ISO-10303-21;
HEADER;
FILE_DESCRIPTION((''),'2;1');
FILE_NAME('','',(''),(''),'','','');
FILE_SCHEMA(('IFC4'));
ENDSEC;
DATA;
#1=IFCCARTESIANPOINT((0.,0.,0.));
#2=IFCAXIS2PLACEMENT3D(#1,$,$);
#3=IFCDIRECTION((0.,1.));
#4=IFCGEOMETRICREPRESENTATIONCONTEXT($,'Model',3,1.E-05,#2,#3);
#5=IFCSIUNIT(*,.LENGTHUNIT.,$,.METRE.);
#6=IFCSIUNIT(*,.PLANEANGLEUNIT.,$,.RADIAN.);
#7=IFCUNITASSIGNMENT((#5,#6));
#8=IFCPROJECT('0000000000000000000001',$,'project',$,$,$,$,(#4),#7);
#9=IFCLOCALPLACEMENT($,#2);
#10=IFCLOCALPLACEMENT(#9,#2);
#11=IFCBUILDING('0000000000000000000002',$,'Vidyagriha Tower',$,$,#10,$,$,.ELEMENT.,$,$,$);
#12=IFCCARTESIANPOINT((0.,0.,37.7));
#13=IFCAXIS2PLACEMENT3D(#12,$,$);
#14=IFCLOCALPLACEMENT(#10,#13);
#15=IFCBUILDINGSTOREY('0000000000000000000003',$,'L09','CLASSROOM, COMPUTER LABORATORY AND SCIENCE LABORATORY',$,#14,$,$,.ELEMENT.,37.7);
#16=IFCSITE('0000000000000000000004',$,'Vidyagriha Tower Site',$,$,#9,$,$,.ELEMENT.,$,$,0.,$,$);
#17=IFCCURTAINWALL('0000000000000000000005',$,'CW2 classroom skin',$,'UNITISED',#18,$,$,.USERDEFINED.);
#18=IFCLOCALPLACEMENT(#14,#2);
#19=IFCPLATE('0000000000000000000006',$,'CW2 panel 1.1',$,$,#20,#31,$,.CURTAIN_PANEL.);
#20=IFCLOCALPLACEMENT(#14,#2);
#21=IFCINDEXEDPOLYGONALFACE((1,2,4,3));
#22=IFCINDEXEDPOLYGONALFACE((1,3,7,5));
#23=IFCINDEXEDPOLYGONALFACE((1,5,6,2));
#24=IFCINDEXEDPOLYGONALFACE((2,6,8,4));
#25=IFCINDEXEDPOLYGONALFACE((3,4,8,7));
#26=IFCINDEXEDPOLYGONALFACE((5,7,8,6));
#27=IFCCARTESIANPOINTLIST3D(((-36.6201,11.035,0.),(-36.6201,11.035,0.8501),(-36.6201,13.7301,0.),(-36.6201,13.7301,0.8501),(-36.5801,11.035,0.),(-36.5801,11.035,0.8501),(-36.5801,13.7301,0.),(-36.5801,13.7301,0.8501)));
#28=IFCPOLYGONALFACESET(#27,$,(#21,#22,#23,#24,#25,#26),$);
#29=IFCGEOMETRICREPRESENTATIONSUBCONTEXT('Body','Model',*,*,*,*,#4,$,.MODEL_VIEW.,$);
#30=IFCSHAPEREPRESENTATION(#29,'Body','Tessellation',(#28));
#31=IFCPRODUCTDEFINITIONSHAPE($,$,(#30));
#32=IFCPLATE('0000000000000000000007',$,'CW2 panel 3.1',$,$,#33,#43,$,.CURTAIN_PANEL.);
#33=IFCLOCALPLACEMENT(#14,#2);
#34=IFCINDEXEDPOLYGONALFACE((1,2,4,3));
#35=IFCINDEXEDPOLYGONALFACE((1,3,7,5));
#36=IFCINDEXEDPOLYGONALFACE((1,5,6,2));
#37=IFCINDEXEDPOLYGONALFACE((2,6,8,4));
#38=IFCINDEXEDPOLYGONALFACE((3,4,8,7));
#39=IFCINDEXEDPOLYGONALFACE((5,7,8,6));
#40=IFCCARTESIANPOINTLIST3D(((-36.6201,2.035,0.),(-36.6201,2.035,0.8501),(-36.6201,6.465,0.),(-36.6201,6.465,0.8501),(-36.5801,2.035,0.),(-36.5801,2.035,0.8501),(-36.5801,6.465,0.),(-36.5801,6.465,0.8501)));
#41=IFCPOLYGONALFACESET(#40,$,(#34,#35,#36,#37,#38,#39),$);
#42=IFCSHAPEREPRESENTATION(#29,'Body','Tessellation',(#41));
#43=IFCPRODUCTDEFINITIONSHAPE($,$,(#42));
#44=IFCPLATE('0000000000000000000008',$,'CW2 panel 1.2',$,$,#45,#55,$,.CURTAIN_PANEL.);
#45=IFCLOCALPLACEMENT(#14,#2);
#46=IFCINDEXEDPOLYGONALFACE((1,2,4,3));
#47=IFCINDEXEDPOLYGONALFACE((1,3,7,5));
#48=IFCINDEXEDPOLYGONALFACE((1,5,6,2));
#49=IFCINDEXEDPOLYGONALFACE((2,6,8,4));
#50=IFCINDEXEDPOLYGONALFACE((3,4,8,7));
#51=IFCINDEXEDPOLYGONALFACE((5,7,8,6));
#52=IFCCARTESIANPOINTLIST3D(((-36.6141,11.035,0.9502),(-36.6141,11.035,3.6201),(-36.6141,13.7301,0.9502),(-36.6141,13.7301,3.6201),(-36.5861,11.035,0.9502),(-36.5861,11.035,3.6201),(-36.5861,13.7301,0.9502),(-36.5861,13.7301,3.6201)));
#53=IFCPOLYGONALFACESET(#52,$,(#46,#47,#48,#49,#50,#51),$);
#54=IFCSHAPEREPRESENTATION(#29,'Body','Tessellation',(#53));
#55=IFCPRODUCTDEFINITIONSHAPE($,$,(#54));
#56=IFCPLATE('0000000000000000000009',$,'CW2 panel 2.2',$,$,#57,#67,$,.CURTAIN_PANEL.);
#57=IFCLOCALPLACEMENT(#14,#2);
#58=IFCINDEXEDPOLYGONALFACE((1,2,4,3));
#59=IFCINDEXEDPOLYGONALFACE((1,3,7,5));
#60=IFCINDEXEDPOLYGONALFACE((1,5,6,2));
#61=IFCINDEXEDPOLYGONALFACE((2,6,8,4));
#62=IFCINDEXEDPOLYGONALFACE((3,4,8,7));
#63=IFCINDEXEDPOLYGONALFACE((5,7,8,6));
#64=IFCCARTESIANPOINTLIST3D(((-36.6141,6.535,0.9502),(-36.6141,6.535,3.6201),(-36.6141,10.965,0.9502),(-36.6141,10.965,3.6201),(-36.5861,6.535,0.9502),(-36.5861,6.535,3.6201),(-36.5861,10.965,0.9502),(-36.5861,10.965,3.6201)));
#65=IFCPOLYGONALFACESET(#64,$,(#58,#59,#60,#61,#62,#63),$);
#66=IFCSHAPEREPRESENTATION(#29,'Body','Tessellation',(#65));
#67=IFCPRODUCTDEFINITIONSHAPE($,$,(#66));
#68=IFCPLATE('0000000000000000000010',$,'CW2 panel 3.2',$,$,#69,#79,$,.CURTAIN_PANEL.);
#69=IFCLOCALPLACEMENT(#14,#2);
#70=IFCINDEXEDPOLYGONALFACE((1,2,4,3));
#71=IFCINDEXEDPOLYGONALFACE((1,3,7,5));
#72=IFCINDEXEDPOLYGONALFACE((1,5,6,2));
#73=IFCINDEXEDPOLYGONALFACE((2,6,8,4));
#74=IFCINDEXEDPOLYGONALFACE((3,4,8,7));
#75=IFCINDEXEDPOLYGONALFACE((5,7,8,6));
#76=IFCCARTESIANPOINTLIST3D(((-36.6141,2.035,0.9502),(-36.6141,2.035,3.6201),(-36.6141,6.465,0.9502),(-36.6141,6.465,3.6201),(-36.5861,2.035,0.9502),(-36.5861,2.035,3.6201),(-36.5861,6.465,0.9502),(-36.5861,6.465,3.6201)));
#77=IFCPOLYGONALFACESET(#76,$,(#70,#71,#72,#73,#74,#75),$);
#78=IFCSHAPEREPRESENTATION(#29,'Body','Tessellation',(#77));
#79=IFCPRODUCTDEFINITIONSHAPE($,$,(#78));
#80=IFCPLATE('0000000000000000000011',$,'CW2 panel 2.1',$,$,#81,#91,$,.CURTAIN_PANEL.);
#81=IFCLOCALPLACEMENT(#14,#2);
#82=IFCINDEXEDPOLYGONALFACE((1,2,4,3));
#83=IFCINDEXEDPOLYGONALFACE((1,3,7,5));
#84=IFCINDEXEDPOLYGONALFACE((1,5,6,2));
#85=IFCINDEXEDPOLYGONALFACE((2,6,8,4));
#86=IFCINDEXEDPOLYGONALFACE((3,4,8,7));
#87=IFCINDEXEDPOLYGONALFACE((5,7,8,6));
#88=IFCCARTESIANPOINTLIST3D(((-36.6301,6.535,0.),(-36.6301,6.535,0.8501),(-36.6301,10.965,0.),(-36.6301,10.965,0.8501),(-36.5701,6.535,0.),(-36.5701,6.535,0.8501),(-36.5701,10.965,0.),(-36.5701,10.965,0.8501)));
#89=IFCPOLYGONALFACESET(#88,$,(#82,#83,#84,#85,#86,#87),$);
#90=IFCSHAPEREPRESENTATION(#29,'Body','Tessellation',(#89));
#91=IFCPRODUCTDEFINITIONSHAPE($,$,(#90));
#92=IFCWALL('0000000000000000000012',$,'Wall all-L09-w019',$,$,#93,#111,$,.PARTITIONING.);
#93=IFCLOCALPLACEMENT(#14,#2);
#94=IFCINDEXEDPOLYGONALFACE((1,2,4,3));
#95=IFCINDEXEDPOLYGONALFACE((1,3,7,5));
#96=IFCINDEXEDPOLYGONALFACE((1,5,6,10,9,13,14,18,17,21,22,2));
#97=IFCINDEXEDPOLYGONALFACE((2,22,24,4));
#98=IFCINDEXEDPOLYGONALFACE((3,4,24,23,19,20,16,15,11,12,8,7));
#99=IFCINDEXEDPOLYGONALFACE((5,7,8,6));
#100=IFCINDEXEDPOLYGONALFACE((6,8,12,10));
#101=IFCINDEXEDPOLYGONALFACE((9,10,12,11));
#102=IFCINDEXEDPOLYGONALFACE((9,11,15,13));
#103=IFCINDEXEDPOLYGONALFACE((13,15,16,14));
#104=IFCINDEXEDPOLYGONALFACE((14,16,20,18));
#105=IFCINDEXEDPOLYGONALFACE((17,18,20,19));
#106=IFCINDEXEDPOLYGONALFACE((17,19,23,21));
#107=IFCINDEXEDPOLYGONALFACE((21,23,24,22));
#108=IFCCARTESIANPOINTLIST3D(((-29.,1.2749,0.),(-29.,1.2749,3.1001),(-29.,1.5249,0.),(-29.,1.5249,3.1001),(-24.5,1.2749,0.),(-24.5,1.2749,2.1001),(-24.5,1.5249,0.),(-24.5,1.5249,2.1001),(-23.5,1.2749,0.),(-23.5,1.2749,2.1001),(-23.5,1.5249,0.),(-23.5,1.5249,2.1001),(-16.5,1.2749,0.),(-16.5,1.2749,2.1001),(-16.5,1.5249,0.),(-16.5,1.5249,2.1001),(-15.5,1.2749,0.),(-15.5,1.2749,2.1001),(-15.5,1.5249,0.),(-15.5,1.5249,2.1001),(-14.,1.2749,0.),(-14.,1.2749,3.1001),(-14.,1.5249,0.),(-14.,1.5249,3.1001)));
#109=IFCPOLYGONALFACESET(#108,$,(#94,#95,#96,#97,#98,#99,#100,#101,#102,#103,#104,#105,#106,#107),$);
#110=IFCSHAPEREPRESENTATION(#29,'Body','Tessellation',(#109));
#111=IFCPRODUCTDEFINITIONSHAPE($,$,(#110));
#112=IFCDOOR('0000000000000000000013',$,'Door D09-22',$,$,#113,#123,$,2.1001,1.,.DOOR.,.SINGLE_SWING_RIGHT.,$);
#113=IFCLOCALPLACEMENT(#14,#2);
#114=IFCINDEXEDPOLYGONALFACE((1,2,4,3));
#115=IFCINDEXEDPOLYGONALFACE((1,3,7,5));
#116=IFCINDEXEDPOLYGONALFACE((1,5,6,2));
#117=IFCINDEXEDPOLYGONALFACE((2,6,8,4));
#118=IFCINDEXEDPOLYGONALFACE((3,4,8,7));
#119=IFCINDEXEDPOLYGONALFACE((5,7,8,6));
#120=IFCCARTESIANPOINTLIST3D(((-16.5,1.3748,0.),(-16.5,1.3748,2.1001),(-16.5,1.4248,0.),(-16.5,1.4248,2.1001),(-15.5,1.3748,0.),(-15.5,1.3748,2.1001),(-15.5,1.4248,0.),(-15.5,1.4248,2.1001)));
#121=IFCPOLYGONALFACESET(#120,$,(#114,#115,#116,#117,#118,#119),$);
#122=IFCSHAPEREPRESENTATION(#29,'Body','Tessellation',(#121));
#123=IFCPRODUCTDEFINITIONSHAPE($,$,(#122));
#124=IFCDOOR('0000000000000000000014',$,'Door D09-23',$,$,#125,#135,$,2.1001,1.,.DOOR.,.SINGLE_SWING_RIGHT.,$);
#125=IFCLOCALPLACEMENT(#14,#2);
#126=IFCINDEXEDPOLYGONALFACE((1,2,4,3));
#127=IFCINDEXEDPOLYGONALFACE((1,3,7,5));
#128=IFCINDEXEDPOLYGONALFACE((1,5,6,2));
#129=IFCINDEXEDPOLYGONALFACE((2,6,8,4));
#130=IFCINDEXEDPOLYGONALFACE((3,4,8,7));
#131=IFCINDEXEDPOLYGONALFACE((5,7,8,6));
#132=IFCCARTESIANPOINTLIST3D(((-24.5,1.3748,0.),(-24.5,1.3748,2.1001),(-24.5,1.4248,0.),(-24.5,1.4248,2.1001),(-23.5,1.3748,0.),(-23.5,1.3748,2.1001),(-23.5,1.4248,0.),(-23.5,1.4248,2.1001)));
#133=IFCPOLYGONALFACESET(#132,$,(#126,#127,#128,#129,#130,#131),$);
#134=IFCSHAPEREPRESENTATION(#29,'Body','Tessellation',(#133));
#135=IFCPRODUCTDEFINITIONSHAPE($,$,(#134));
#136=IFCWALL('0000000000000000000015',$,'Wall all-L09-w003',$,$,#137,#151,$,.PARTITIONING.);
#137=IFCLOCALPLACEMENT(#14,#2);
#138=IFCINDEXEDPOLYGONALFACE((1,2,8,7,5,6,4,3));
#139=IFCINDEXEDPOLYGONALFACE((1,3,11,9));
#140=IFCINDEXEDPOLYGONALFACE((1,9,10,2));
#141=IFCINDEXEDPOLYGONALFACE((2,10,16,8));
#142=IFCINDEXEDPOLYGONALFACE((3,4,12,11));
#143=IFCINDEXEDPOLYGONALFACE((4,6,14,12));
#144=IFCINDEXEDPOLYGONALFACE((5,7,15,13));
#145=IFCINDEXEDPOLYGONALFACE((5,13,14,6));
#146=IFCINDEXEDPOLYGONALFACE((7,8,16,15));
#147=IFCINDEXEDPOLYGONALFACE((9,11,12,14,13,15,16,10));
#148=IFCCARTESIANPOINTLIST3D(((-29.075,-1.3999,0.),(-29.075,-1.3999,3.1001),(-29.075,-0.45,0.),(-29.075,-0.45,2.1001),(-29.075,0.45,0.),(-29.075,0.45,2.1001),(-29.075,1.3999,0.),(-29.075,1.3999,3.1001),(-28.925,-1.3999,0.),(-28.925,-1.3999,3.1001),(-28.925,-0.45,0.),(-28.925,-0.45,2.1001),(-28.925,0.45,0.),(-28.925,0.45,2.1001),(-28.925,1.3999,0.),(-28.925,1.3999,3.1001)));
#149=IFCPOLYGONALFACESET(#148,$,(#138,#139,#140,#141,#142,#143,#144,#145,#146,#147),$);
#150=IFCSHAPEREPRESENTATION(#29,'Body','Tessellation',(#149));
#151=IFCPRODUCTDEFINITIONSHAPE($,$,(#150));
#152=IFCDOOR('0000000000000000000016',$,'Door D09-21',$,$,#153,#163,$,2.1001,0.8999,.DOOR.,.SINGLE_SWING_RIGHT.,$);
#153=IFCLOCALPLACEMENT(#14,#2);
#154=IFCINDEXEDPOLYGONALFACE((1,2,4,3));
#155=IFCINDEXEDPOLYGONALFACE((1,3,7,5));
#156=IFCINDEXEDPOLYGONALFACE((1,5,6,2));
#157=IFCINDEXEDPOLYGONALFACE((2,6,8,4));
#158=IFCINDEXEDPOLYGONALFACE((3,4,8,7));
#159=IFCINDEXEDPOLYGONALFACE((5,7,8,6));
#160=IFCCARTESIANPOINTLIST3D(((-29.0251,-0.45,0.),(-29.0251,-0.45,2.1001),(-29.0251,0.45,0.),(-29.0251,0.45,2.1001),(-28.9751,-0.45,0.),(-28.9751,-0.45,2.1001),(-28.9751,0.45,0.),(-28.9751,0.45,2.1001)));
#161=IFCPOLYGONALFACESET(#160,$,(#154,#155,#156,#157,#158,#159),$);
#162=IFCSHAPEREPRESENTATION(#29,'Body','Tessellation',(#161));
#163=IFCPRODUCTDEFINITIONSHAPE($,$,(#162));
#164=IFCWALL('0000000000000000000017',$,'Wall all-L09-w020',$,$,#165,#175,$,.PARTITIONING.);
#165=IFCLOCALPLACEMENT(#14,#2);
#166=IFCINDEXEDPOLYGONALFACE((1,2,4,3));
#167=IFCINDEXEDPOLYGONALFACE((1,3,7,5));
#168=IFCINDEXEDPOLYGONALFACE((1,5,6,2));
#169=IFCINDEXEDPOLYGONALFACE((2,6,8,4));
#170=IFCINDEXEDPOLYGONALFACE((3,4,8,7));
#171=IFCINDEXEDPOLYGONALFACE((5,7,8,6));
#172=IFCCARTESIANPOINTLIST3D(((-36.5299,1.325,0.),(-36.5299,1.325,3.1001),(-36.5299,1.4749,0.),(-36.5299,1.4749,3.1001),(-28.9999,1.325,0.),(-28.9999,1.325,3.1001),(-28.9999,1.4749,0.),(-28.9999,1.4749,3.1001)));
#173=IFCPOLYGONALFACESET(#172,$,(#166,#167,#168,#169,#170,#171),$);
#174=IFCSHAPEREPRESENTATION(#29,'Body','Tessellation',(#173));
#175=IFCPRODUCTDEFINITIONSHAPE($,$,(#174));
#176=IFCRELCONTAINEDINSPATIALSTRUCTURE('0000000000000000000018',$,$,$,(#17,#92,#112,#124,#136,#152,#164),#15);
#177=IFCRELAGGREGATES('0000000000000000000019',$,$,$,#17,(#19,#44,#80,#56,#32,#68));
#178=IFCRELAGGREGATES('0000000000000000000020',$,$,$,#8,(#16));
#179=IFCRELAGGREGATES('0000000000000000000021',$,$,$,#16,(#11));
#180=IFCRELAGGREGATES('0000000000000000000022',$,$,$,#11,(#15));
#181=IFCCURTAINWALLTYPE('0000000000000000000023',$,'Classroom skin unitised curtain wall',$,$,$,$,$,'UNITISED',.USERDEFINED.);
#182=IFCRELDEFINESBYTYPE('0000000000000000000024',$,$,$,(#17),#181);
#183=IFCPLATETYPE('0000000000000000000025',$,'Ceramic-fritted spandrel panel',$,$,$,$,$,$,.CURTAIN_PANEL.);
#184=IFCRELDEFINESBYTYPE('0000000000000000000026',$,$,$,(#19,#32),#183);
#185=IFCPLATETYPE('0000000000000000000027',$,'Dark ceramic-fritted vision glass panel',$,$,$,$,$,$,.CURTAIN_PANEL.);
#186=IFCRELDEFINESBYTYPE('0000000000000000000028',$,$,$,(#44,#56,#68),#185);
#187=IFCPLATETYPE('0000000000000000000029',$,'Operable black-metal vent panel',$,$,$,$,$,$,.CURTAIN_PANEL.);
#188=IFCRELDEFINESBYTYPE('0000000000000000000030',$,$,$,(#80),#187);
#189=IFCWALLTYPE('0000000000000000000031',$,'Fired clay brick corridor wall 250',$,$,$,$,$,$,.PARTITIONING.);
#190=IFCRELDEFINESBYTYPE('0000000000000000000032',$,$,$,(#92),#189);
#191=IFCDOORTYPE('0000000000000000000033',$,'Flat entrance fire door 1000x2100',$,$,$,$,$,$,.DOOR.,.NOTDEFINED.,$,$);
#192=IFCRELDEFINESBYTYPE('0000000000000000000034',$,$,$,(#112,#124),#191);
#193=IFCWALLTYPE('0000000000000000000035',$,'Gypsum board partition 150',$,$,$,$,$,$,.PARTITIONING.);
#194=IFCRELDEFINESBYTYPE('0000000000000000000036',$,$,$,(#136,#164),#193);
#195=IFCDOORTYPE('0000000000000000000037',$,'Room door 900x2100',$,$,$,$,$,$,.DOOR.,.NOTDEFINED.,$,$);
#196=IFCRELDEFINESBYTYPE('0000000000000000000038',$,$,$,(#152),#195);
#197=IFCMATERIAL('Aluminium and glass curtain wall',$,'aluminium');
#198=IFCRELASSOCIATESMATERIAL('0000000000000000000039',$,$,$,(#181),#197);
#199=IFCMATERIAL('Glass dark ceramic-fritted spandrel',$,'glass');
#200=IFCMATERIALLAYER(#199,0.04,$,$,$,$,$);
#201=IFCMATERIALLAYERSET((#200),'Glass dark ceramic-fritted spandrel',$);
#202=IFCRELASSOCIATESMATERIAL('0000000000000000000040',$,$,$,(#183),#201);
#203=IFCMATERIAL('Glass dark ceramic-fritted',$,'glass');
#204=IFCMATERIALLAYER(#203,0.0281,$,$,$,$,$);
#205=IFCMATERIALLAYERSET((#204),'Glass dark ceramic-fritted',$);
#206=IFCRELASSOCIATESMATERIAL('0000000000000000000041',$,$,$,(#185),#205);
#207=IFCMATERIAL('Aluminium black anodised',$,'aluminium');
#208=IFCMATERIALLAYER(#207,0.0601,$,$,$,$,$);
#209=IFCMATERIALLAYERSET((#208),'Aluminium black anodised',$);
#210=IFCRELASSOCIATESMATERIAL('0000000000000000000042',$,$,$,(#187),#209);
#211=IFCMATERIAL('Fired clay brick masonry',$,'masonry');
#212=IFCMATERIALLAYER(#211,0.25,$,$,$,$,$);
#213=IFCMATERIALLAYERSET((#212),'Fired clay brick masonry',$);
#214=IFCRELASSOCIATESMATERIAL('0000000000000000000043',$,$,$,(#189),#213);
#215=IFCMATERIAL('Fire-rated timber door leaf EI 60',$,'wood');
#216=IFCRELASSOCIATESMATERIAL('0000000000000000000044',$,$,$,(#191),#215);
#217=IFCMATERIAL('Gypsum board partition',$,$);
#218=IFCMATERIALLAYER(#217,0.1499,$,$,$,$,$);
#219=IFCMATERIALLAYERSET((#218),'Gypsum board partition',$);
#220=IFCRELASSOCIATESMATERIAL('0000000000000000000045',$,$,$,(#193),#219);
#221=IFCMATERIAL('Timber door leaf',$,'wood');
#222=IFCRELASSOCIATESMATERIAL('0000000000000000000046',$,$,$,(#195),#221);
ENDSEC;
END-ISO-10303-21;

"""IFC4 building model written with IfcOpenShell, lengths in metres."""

from ifc_helpers import new_model, si_unit, direction, frame, frame_2d, origin, origin_2d, place, context, subcontext, project, spatial, rectangle, extrude, material, layer, layer_set, type_object, element, fill, aggregate, save


model = new_model("IFC4")

# Units and contexts
model_context = context("Model", 3, precision=1e-05, world=origin(), true_north=direction((0.0, 1.0)))
body_context = subcontext(model_context, "Body", "Model", "MODEL_VIEW")
ifc_project = project(units=[si_unit("LENGTHUNIT", "METRE"), si_unit("PLANEANGLEUNIT", "RADIAN")], contexts=[model_context])

# Site, building, storey
site_placement = place(None, origin())
site = spatial("IfcSite", under=ifc_project, at=site_placement, Name="Vidyagriha Tower Site", CompositionType="ELEMENT", RefElevation=0.0)
building_placement = place(site_placement, origin())
building = spatial("IfcBuilding", under=site, at=building_placement, Name="Vidyagriha Tower", CompositionType="ELEMENT")
storey_placement = place(building_placement, frame((0.0, 0.0, 37.7)))
storey = spatial("IfcBuildingStorey", under=building, at=storey_placement, Name="L09", Description="CLASSROOM, COMPUTER LABORATORY AND SCIENCE LABORATORY", CompositionType="ELEMENT", Elevation=37.7)

# Curtain wall, plates
ifc_material_1 = material(Name="Aluminium and glass curtain wall", Category="aluminium")
curtain_wall_type = type_object("IfcCurtainWallType", Name="Classroom skin unitised curtain wall", ElementType="UNITISED", PredefinedType="USERDEFINED", material=ifc_material_1)
curtain_wall_placement = place(storey_placement, origin())
curtain_wall = element("IfcCurtainWall", 1, at=curtain_wall_placement, inside=storey, type_object=curtain_wall_type, Name="CW2 classroom skin", ObjectType="UNITISED", PredefinedType="USERDEFINED")
ifc_material_2 = material(Name="Glass dark ceramic-fritted spandrel", Category="glass")
ifc_layer_1 = layer(ifc_material_2, 0.04)
ifc_layer_set_1 = layer_set([ifc_layer_1], Name="Glass dark ceramic-fritted spandrel")
plate_type_1 = type_object("IfcPlateType", Name="Ceramic-fritted spandrel panel", PredefinedType="CURTAIN_PANEL", material=ifc_layer_set_1)
plate_1_placement = place(storey_placement, frame((-36.6001, 12.3826, 0.0), z_axis=(0.0, 0.0, 1.0), x_axis=(0.0, -1.0, 0.0)))
plate_1 = element("IfcPlate", 2, at=plate_1_placement, type_object=plate_type_1, Name="CW2 panel 1.1", PredefinedType="CURTAIN_PANEL", context=body_context, shape_type="SweptSolid", body=[
    extrude(rectangle(XDim=2.6951, YDim=0.04, at=origin_2d()), origin(), (0.0, 0.0, 1.0), 0.8501),
])
plate_2_placement = place(storey_placement, frame((-36.6001, 4.25, 0.0), z_axis=(0.0, 0.0, 1.0), x_axis=(0.0, -1.0, 0.0)))
plate_2 = element("IfcPlate", 3, at=plate_2_placement, type_object=plate_type_1, Name="CW2 panel 3.1", PredefinedType="CURTAIN_PANEL", context=body_context, shape_type="SweptSolid", body=[
    extrude(rectangle(XDim=4.4299, YDim=0.04, at=origin_2d()), origin(), (0.0, 0.0, 1.0), 0.8501),
])
ifc_material_3 = material(Name="Glass dark ceramic-fritted", Category="glass")
ifc_layer_2 = layer(ifc_material_3, 0.0281)
ifc_layer_set_2 = layer_set([ifc_layer_2], Name="Glass dark ceramic-fritted")
plate_type_2 = type_object("IfcPlateType", Name="Dark ceramic-fritted vision glass panel", PredefinedType="CURTAIN_PANEL", material=ifc_layer_set_2)
plate_3_placement = place(storey_placement, frame((-36.6001, 12.3826, 0.9502), z_axis=(0.0, 0.0, 1.0), x_axis=(0.0, -1.0, 0.0)))
plate_3 = element("IfcPlate", 4, at=plate_3_placement, type_object=plate_type_2, Name="CW2 panel 1.2", PredefinedType="CURTAIN_PANEL", context=body_context, shape_type="SweptSolid", body=[
    extrude(rectangle(XDim=2.6951, YDim=0.0281, at=origin_2d()), origin(), (0.0, 0.0, 1.0), 2.6699),
])
plate_4_placement = place(storey_placement, frame((-36.6001, 8.75, 0.9502), z_axis=(0.0, 0.0, 1.0), x_axis=(0.0, -1.0, 0.0)))
plate_4 = element("IfcPlate", 5, at=plate_4_placement, type_object=plate_type_2, Name="CW2 panel 2.2", PredefinedType="CURTAIN_PANEL", context=body_context, shape_type="SweptSolid", body=[
    extrude(rectangle(XDim=4.4299, YDim=0.0281, at=origin_2d()), origin(), (0.0, 0.0, 1.0), 2.6699),
])
plate_5_placement = place(storey_placement, frame((-36.6001, 4.25, 0.9502), z_axis=(0.0, 0.0, 1.0), x_axis=(0.0, -1.0, 0.0)))
plate_5 = element("IfcPlate", 6, at=plate_5_placement, type_object=plate_type_2, Name="CW2 panel 3.2", PredefinedType="CURTAIN_PANEL", context=body_context, shape_type="SweptSolid", body=[
    extrude(rectangle(XDim=4.4299, YDim=0.0281, at=origin_2d()), origin(), (0.0, 0.0, 1.0), 2.6699),
])
ifc_material_4 = material(Name="Aluminium black anodised", Category="aluminium")
ifc_layer_3 = layer(ifc_material_4, 0.0601)
ifc_layer_set_3 = layer_set([ifc_layer_3], Name="Aluminium black anodised")
plate_type_3 = type_object("IfcPlateType", Name="Operable black-metal vent panel", PredefinedType="CURTAIN_PANEL", material=ifc_layer_set_3)
plate_6_placement = place(storey_placement, frame((-36.6001, 8.75, 0.0), z_axis=(0.0, 0.0, 1.0), x_axis=(0.0, -1.0, 0.0)))
plate_6 = element("IfcPlate", 7, at=plate_6_placement, type_object=plate_type_3, Name="CW2 panel 2.1", PredefinedType="CURTAIN_PANEL", context=body_context, shape_type="SweptSolid", body=[
    extrude(rectangle(XDim=4.4299, YDim=0.0601, at=origin_2d()), origin(), (0.0, 0.0, 1.0), 0.8501),
])
aggregate(curtain_wall, [plate_1, plate_3, plate_6, plate_4, plate_2, plate_5])

# Wall, openings, doors
ifc_material_5 = material(Name="Fired clay brick masonry", Category="masonry")
ifc_layer_4 = layer(ifc_material_5, 0.25)
ifc_layer_set_4 = layer_set([ifc_layer_4], Name="Fired clay brick masonry")
wall_type_1 = type_object("IfcWallType", Name="Fired clay brick corridor wall 250", PredefinedType="PARTITIONING", material=ifc_layer_set_4)
wall_1_placement = place(storey_placement, frame((-29.0, 1.3999, 0.0)))
wall_1 = element("IfcWall", 8, at=wall_1_placement, inside=storey, type_object=wall_type_1, Name="Wall all-L09-w019", PredefinedType="PARTITIONING", context=body_context, shape_type="SweptSolid", body=[
    extrude(rectangle(XDim=15.0, YDim=0.25, at=frame_2d((7.5, 0.0))), origin(), (0.0, 0.0, 1.0), 3.1001),
])
opening_1_placement = place(wall_1_placement, frame((12.5, 0.0, 0.0)))
opening_1 = element("IfcOpeningElement", 9, at=opening_1_placement, cuts=wall_1, PredefinedType="OPENING", context=body_context, shape_type="SweptSolid", body=[
    extrude(rectangle(XDim=1.0, YDim=2.1001, at=frame_2d((0.5, 1.05))), frame((0.0, 0.135, 0.0), z_axis=(0.0, -1.0, 0.0), x_axis=(1.0, 0.0, 0.0)), (0.0, 0.0, 1.0), 0.27),
])
opening_2_placement = place(wall_1_placement, frame((4.5, 0.0, 0.0)))
opening_2 = element("IfcOpeningElement", 10, at=opening_2_placement, cuts=wall_1, PredefinedType="OPENING", context=body_context, shape_type="SweptSolid", body=[
    extrude(rectangle(XDim=1.0, YDim=2.1001, at=frame_2d((0.5, 1.05))), frame((0.0, 0.135, 0.0), z_axis=(0.0, -1.0, 0.0), x_axis=(1.0, 0.0, 0.0)), (0.0, 0.0, 1.0), 0.27),
])
ifc_material_6 = material(Name="Fire-rated timber door leaf EI 60", Category="wood")
door_type_1 = type_object("IfcDoorType", Name="Flat entrance fire door 1000x2100", OperationType="NOTDEFINED", PredefinedType="DOOR", material=ifc_material_6)
door_1_placement = place(opening_1_placement, origin())
door_1 = element("IfcDoor", 11, at=door_1_placement, inside=storey, type_object=door_type_1, Name="Door D09-22", OperationType="SINGLE_SWING_RIGHT", OverallHeight=2.1001, OverallWidth=1.0, PredefinedType="DOOR", context=body_context, shape_type="SweptSolid", body=[
    extrude(rectangle(XDim=1.0, YDim=2.1001, at=frame_2d((0.5, 1.05))), frame((0.0, 0.0249, 0.0), z_axis=(0.0, -1.0, 0.0), x_axis=(1.0, 0.0, 0.0)), (0.0, 0.0, 1.0), 0.05),
])
fill(opening_1, door_1)
door_2_placement = place(opening_2_placement, origin())
door_2 = element("IfcDoor", 12, at=door_2_placement, inside=storey, type_object=door_type_1, Name="Door D09-23", OperationType="SINGLE_SWING_RIGHT", OverallHeight=2.1001, OverallWidth=1.0, PredefinedType="DOOR", context=body_context, shape_type="SweptSolid", body=[
    extrude(rectangle(XDim=1.0, YDim=2.1001, at=frame_2d((0.5, 1.05))), frame((0.0, 0.0249, 0.0), z_axis=(0.0, -1.0, 0.0), x_axis=(1.0, 0.0, 0.0)), (0.0, 0.0, 1.0), 0.05),
])
fill(opening_2, door_2)

# Wall, opening, door
ifc_material_7 = material(Name="Gypsum board partition")
ifc_layer_5 = layer(ifc_material_7, 0.1499)
ifc_layer_set_5 = layer_set([ifc_layer_5], Name="Gypsum board partition")
wall_type_2 = type_object("IfcWallType", Name="Gypsum board partition 150", PredefinedType="PARTITIONING", material=ifc_layer_set_5)
wall_2_placement = place(storey_placement, frame((-29.0, 1.3999, 0.0), z_axis=(0.0, 0.0, 1.0), x_axis=(0.0, -1.0, 0.0)))
wall_2 = element("IfcWall", 13, at=wall_2_placement, inside=storey, type_object=wall_type_2, Name="Wall all-L09-w003", PredefinedType="PARTITIONING", context=body_context, shape_type="SweptSolid", body=[
    extrude(rectangle(XDim=2.7998, YDim=0.1499, at=frame_2d((1.3999, 0.0))), origin(), (0.0, 0.0, 1.0), 3.1001),
])
opening_3_placement = place(wall_2_placement, frame((0.95, 0.0, 0.0)))
opening_3 = element("IfcOpeningElement", 14, at=opening_3_placement, cuts=wall_2, PredefinedType="OPENING", context=body_context, shape_type="SweptSolid", body=[
    extrude(rectangle(XDim=0.8999, YDim=2.1001, at=frame_2d((0.45, 1.05))), frame((0.0, 0.085, 0.0), z_axis=(0.0, -1.0, 0.0), x_axis=(1.0, 0.0, 0.0)), (0.0, 0.0, 1.0), 0.1699),
])
ifc_material_8 = material(Name="Timber door leaf", Category="wood")
door_type_2 = type_object("IfcDoorType", Name="Room door 900x2100", OperationType="NOTDEFINED", PredefinedType="DOOR", material=ifc_material_8)
door_3_placement = place(opening_3_placement, origin())
door_3 = element("IfcDoor", 15, at=door_3_placement, inside=storey, type_object=door_type_2, Name="Door D09-21", OperationType="SINGLE_SWING_RIGHT", OverallHeight=2.1001, OverallWidth=0.8999, PredefinedType="DOOR", context=body_context, shape_type="SweptSolid", body=[
    extrude(rectangle(XDim=0.8999, YDim=2.1001, at=frame_2d((0.45, 1.05))), frame((0.0, 0.0249, 0.0), z_axis=(0.0, -1.0, 0.0), x_axis=(1.0, 0.0, 0.0)), (0.0, 0.0, 1.0), 0.05),
])
fill(opening_3, door_3)

# Wall
wall_3_placement = place(storey_placement, frame((-36.53, 1.3999, 0.0)))
element("IfcWall", 16, at=wall_3_placement, inside=storey, type_object=wall_type_2, Name="Wall all-L09-w020", PredefinedType="PARTITIONING", context=body_context, shape_type="SweptSolid", body=[
    extrude(rectangle(XDim=7.53, YDim=0.1499, at=frame_2d((3.7651, 0.0))), origin(), (0.0, 0.0, 1.0), 3.1001),
])

save(model, "model.ifc")
